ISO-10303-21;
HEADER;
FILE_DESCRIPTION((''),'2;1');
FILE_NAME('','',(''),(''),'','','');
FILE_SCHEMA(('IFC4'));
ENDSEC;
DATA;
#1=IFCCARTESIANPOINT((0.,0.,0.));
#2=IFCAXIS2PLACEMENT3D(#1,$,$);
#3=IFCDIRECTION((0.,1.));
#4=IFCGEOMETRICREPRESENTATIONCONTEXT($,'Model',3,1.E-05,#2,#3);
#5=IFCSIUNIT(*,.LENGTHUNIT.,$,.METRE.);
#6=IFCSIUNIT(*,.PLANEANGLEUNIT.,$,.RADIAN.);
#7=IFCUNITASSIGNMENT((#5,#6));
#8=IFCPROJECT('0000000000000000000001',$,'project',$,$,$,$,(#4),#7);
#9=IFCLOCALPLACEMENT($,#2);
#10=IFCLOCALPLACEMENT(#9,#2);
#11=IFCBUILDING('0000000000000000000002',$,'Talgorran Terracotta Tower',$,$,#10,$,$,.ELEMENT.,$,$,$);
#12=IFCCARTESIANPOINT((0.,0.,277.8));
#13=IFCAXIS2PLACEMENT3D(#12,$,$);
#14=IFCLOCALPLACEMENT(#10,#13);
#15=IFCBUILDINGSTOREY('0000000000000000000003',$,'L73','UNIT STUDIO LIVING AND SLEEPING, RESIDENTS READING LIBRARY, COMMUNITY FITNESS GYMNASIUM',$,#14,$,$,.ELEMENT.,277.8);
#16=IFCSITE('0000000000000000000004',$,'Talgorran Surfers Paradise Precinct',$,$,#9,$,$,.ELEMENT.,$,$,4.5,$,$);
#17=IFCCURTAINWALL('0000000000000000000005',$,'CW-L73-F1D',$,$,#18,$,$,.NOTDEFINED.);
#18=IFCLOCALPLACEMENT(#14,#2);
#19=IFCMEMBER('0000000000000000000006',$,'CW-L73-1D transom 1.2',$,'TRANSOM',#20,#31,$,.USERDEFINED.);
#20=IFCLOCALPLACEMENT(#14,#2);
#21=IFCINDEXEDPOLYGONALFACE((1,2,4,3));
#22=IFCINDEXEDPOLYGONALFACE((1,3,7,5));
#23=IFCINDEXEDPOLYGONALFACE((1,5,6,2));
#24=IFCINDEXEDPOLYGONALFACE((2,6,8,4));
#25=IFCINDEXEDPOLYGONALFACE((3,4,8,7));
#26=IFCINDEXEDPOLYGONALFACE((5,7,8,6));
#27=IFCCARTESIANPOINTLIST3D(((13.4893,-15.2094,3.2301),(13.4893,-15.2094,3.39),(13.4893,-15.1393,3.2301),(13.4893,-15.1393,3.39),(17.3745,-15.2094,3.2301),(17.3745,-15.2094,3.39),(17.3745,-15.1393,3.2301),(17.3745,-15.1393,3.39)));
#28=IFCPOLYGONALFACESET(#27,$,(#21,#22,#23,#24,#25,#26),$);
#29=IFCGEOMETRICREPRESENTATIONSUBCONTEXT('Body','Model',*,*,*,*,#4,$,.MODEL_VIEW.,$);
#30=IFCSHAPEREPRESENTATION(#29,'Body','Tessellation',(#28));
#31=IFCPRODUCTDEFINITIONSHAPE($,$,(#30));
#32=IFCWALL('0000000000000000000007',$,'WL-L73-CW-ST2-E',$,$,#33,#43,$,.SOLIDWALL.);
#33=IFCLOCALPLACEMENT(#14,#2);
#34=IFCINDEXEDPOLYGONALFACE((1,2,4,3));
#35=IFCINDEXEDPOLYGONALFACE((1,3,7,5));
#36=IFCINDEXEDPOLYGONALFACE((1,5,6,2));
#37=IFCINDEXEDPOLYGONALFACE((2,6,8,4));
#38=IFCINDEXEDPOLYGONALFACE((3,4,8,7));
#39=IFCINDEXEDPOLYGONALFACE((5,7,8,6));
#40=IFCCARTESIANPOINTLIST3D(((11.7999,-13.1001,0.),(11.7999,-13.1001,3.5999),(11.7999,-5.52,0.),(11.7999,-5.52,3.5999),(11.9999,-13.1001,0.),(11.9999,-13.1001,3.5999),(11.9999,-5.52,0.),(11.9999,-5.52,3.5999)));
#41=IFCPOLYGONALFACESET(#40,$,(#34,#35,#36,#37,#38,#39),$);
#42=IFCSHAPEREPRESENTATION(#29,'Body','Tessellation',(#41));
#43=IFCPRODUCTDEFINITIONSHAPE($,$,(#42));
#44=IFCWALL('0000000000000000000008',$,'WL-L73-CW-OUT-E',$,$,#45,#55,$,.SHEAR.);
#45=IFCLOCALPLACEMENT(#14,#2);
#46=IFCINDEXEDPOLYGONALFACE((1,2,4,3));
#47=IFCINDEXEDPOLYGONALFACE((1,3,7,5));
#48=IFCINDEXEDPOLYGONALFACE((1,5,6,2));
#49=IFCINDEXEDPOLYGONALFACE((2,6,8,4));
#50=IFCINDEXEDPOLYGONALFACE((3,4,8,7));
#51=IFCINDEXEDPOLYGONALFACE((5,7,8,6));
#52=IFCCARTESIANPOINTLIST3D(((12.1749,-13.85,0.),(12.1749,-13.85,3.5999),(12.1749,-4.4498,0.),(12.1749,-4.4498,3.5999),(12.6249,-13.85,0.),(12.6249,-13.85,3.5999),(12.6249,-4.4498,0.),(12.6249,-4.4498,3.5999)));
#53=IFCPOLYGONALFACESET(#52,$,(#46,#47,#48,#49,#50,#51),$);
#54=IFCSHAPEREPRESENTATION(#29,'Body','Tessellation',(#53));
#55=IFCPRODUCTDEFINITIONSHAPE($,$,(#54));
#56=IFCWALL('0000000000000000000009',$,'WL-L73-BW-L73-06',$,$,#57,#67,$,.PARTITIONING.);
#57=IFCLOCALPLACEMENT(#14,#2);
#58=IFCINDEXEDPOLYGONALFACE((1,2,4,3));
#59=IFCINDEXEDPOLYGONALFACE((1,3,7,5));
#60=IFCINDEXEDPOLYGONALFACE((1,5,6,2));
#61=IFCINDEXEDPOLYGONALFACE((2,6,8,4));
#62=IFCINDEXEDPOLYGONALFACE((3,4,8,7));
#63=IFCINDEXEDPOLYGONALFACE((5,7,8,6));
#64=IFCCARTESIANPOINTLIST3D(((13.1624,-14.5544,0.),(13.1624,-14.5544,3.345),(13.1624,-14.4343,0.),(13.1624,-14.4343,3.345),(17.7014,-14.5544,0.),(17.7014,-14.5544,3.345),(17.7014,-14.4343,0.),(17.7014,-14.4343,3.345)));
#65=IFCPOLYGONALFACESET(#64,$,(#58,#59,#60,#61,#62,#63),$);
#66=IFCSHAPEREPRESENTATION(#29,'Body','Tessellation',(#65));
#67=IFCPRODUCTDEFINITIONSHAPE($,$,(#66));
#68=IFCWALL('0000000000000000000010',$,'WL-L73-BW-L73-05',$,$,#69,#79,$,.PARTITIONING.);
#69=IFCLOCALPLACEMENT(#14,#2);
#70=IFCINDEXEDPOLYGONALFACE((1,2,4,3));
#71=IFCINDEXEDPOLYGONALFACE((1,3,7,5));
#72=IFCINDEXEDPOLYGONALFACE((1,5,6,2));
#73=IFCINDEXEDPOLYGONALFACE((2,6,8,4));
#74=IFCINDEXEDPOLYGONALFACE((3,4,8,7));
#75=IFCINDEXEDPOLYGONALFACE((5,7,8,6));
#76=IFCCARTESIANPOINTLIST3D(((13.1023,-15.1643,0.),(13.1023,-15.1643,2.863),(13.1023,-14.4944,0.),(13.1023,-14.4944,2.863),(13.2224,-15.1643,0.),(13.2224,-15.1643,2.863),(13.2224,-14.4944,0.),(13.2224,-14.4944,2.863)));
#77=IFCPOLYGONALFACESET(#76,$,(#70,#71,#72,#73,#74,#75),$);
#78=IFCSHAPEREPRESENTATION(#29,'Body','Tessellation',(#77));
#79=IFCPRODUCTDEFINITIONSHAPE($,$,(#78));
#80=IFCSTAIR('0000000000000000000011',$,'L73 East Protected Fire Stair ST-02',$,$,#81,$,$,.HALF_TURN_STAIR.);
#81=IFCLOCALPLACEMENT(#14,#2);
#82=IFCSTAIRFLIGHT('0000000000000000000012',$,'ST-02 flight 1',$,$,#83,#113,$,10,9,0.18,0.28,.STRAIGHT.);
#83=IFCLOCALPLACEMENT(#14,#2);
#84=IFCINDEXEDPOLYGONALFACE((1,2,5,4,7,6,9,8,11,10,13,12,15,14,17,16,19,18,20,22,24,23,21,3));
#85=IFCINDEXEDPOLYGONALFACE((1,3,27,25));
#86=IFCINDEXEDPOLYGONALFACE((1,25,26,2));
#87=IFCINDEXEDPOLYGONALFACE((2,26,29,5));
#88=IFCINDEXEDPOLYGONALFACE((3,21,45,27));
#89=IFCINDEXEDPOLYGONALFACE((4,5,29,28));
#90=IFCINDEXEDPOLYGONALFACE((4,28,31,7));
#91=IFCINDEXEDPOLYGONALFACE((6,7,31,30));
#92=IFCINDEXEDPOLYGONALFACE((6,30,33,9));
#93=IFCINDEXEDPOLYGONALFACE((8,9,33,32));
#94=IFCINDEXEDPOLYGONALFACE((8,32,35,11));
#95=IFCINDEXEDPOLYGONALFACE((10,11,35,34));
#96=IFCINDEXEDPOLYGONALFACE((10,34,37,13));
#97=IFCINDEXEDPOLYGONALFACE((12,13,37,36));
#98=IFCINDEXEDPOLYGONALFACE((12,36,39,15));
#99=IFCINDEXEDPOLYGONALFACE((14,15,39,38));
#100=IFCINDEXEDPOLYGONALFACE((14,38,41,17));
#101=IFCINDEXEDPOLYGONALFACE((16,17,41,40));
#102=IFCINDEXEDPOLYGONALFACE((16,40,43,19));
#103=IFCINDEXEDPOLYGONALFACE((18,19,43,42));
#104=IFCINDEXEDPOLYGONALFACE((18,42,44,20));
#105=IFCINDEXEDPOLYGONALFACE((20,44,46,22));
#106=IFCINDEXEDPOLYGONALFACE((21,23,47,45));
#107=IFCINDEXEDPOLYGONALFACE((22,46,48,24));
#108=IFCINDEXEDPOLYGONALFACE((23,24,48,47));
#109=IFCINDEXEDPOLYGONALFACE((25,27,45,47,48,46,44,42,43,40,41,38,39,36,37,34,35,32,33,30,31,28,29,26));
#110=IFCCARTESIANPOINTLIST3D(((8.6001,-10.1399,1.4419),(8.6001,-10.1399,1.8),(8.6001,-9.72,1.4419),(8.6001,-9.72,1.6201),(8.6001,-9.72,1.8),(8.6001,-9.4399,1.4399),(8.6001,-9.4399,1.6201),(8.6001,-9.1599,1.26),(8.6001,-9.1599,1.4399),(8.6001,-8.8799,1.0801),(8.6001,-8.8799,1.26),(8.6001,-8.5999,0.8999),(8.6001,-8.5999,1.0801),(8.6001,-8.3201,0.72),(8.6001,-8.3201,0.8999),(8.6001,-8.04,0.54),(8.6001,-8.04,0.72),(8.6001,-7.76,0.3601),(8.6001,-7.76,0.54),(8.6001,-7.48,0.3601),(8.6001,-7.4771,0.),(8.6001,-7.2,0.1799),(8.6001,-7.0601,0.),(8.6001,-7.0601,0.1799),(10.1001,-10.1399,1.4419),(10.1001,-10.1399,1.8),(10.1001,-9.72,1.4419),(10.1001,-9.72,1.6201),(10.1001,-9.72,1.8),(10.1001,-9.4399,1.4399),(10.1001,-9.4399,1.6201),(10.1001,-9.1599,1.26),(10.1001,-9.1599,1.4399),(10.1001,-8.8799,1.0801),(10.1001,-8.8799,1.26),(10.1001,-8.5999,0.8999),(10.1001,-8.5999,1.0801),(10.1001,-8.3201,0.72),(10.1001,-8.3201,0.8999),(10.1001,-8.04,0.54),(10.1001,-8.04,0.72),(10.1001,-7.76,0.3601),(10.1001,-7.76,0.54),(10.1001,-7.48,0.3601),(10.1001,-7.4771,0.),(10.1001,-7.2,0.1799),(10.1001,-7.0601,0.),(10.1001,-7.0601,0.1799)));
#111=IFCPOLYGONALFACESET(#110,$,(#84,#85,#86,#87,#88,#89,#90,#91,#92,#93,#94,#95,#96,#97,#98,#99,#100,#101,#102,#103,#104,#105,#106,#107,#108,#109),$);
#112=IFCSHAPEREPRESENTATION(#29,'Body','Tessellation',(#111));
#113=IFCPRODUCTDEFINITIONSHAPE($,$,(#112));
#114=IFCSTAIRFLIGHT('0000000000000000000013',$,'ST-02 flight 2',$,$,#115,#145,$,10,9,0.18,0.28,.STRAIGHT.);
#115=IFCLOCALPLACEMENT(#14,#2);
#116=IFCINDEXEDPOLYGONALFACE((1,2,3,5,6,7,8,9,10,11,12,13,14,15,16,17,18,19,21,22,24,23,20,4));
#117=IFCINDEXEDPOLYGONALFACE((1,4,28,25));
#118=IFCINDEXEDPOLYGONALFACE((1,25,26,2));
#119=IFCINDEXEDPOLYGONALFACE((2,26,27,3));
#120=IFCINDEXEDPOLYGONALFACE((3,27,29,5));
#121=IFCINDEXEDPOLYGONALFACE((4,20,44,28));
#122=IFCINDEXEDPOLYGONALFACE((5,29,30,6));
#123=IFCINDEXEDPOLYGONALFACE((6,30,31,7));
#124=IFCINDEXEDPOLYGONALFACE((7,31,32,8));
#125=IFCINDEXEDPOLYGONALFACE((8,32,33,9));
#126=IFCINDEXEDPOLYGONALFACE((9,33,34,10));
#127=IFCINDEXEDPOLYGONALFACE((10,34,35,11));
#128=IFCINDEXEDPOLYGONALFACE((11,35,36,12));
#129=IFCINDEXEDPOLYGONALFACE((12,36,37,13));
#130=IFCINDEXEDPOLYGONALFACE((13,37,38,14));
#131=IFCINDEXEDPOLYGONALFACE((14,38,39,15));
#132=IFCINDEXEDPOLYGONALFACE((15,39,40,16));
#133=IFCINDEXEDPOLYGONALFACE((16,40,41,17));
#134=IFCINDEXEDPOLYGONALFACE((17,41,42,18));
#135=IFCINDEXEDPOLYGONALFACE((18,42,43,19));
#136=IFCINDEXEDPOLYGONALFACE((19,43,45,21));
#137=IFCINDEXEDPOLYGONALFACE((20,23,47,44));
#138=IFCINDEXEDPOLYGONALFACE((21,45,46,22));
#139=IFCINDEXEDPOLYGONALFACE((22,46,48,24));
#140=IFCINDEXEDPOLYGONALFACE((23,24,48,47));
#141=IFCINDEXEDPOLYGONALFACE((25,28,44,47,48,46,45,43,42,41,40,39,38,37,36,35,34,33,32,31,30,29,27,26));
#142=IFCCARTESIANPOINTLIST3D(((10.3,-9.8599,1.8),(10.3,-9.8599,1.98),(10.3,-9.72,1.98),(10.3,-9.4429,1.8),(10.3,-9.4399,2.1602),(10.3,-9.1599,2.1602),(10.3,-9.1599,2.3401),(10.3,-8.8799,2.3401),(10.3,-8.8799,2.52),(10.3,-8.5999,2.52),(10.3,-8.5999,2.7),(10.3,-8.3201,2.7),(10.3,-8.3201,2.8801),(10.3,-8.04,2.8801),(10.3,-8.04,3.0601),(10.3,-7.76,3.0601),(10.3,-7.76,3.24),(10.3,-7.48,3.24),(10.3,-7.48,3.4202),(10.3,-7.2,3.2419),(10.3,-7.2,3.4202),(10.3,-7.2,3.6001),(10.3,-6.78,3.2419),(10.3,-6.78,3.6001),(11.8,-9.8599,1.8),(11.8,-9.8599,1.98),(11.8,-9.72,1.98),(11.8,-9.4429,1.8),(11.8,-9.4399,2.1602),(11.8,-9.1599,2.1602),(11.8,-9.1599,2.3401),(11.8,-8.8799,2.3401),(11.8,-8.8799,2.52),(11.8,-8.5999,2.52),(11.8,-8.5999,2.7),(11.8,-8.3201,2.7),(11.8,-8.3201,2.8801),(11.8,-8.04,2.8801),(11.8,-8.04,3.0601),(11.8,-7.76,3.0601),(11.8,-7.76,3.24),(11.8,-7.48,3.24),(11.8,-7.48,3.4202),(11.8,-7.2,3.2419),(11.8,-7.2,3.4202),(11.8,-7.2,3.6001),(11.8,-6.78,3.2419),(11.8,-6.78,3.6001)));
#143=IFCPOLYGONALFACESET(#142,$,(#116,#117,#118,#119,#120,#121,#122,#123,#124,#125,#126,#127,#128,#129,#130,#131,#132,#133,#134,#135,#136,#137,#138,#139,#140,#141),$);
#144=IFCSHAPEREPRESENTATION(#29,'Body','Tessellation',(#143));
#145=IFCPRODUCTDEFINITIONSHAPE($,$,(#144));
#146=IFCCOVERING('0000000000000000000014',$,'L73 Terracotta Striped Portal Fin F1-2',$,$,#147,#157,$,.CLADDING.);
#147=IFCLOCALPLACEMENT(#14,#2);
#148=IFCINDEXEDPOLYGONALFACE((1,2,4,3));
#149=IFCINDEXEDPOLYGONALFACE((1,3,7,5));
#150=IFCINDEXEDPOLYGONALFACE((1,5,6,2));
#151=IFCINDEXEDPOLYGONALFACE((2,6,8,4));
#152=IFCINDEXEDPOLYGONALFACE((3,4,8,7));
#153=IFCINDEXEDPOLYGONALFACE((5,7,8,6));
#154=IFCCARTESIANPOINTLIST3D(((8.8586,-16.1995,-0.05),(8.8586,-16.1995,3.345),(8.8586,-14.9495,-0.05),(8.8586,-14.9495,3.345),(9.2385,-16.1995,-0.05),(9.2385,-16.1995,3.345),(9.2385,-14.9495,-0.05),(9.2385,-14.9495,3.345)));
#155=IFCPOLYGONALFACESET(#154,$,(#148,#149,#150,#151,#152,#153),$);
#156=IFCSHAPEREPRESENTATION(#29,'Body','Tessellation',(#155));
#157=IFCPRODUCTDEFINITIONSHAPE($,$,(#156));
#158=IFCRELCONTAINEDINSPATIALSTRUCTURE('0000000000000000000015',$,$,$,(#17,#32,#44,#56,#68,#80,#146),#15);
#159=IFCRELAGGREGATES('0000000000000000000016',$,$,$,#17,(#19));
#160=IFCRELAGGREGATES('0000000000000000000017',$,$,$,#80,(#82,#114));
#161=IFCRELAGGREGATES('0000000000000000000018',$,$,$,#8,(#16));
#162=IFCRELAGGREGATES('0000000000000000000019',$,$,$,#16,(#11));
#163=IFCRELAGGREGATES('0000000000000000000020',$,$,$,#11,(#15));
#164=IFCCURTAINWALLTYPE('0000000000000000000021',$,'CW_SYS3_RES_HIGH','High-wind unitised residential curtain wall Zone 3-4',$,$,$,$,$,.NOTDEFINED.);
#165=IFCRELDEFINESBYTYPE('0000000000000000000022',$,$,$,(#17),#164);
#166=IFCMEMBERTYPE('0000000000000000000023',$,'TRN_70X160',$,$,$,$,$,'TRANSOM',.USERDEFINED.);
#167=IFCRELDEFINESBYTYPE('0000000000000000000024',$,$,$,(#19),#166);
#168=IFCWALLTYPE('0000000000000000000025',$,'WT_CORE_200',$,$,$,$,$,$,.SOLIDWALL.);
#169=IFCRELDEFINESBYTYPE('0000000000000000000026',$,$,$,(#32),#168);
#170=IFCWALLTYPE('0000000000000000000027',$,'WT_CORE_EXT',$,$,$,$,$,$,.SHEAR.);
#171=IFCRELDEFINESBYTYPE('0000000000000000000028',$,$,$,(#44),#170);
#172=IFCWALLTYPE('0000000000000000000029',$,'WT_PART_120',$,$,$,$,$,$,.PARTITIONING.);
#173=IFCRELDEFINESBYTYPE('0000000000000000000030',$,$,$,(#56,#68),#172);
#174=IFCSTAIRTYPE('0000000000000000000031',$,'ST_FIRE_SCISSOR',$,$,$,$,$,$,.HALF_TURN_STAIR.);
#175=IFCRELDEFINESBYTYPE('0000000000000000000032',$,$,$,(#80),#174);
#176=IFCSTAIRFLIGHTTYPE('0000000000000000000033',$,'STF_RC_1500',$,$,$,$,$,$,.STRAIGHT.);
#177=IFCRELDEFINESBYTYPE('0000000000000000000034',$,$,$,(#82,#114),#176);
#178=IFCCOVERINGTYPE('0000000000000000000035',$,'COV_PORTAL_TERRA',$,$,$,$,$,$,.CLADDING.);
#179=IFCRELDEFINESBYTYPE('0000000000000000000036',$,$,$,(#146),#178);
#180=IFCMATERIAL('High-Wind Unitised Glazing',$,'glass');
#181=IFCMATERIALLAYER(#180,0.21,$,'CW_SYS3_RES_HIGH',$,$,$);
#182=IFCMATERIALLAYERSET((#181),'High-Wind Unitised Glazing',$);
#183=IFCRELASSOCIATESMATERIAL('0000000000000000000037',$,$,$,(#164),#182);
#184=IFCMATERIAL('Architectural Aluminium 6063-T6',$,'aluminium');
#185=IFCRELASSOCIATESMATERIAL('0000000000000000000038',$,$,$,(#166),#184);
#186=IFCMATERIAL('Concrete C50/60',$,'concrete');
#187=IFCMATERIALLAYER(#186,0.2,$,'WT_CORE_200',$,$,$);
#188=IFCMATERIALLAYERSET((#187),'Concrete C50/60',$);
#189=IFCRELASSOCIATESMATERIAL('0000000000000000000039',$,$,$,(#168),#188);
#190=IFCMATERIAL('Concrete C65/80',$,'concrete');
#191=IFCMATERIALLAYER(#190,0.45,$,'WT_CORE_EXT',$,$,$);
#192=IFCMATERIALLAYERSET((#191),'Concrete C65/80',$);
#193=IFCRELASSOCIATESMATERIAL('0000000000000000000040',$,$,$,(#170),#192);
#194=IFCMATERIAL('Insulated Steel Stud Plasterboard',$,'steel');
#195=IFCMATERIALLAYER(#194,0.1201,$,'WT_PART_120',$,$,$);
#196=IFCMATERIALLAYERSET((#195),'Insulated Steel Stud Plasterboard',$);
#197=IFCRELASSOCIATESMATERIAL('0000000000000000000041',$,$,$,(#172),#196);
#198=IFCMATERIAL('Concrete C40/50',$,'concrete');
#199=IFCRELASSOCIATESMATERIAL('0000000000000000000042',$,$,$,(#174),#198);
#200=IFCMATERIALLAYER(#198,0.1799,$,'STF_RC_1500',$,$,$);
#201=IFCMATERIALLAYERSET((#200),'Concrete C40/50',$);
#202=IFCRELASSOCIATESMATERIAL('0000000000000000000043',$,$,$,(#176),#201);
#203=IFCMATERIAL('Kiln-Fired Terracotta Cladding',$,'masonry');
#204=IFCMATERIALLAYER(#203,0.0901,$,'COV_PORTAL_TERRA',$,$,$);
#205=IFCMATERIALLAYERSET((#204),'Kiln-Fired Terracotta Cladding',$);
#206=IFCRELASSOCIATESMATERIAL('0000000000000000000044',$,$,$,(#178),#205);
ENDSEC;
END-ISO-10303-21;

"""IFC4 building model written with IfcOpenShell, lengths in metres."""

from ifc_helpers import new_model, si_unit, direction, frame, frame_2d, origin, origin_2d, place, context, subcontext, project, spatial, polyline, rectangle, outline, extrude, material, layer, layer_set, material_profile, profile_set, type_object, element, aggregate, save


model = new_model("IFC4")

# Units and contexts
model_context = context("Model", 3, precision=1e-05, world=origin(), true_north=direction((0.0, 1.0)))
body_context = subcontext(model_context, "Body", "Model", "MODEL_VIEW")
ifc_project = project(units=[si_unit("LENGTHUNIT", "METRE"), si_unit("PLANEANGLEUNIT", "RADIAN")], contexts=[model_context])

# Site, building, storey
site_placement = place(None, origin())
site = spatial("IfcSite", under=ifc_project, at=site_placement, Name="Talgorran Surfers Paradise Precinct", CompositionType="ELEMENT", RefElevation=4.5)
building_placement = place(site_placement, origin())
building = spatial("IfcBuilding", under=site, at=building_placement, Name="Talgorran Terracotta Tower", CompositionType="ELEMENT")
storey_placement = place(building_placement, frame((0.0, 0.0, 277.8)))
storey = spatial("IfcBuildingStorey", under=building, at=storey_placement, Name="L73", Description="UNIT STUDIO LIVING AND SLEEPING, RESIDENTS READING LIBRARY, COMMUNITY FITNESS GYMNASIUM", CompositionType="ELEMENT", Elevation=277.8)

# Shared definitions
ifc_material_1 = material(Name="High-Wind Unitised Glazing", Category="glass")
ifc_layer_1 = layer(ifc_material_1, 0.21, Name="CW_SYS3_RES_HIGH")
ifc_layer_set_1 = layer_set([ifc_layer_1], Name="High-Wind Unitised Glazing")
curtain_wall_type = type_object("IfcCurtainWallType", Name="CW_SYS3_RES_HIGH", Description="High-wind unitised residential curtain wall Zone 3-4", PredefinedType="NOTDEFINED", material=ifc_layer_set_1)
ifc_material_2 = material(Name="Architectural Aluminium 6063-T6", Category="aluminium")

# Curtain wall, member
curtain_wall_1_placement = place(storey_placement, origin())
curtain_wall_1 = element("IfcCurtainWall", 1, at=curtain_wall_1_placement, inside=storey, type_object=curtain_wall_type, Name="CW-L73-F1D", PredefinedType="NOTDEFINED")
ifc_material_profile_1 = material_profile(ifc_material_2, rectangle(XDim=0.0701, YDim=0.1599, at=origin_2d()), Name="CWT70X160")
ifc_profile_set_1 = profile_set([ifc_material_profile_1], Name="Architectural Aluminium 6063-T6")
member_type_1 = type_object("IfcMemberType", Name="TRN_70X160", ElementType="TRANSOM", PredefinedType="USERDEFINED", material=ifc_profile_set_1)
member_1_placement = place(storey_placement, frame((13.4893, -15.1743, 3.3101), z_axis=(1.0, 0.0, 0.0), x_axis=(0.0, 1.0, 0.0)))
member_1 = element("IfcMember", 2, at=member_1_placement, type_object=member_type_1, Name="CW-L73-1D transom 1.2", ObjectType="TRANSOM", PredefinedType="USERDEFINED", context=body_context, shape_type="SweptSolid", body=[
    extrude(rectangle(XDim=0.0701, YDim=0.1599, at=origin_2d()), origin(), (0.0, 0.0, 1.0), 3.8853),
])
aggregate(curtain_wall_1, [member_1])

# Walls
ifc_material_3 = material(Name="Concrete C50/60", Category="concrete")
ifc_layer_2 = layer(ifc_material_3, 0.2, Name="WT_CORE_200")
ifc_layer_set_2 = layer_set([ifc_layer_2], Name="Concrete C50/60")
wall_type_1 = type_object("IfcWallType", Name="WT_CORE_200", PredefinedType="SOLIDWALL", material=ifc_layer_set_2)
wall_1_placement = place(storey_placement, frame((11.8999, -13.1001, 0.0), z_axis=(0.0, 0.0, 1.0), x_axis=(0.0, 1.0, 0.0)))
element("IfcWall", 3, at=wall_1_placement, inside=storey, type_object=wall_type_1, Name="WL-L73-CW-ST2-E", PredefinedType="SOLIDWALL", context=body_context, shape_type="SweptSolid", body=[
    extrude(rectangle(XDim=7.5801, YDim=0.2, at=frame_2d((3.79, 0.0))), origin(), (0.0, 0.0, 1.0), 3.5999),
])
ifc_material_4 = material(Name="Concrete C65/80", Category="concrete")
ifc_layer_3 = layer(ifc_material_4, 0.45, Name="WT_CORE_EXT")
ifc_layer_set_3 = layer_set([ifc_layer_3], Name="Concrete C65/80")
wall_type_2 = type_object("IfcWallType", Name="WT_CORE_EXT", PredefinedType="SHEAR", material=ifc_layer_set_3)
wall_2_placement = place(storey_placement, frame((12.3999, -13.8501, 0.0), z_axis=(0.0, 0.0, 1.0), x_axis=(0.0, 1.0, 0.0)))
element("IfcWall", 4, at=wall_2_placement, inside=storey, type_object=wall_type_2, Name="WL-L73-CW-OUT-E", PredefinedType="SHEAR", context=body_context, shape_type="SweptSolid", body=[
    extrude(rectangle(XDim=9.4001, YDim=0.45, at=frame_2d((4.7002, 0.0))), origin(), (0.0, 0.0, 1.0), 3.5999),
])
ifc_material_5 = material(Name="Insulated Steel Stud Plasterboard", Category="steel")
ifc_layer_4 = layer(ifc_material_5, 0.1201, Name="WT_PART_120")
ifc_layer_set_4 = layer_set([ifc_layer_4], Name="Insulated Steel Stud Plasterboard")
wall_type_3 = type_object("IfcWallType", Name="WT_PART_120", PredefinedType="PARTITIONING", material=ifc_layer_set_4)
wall_3_placement = place(storey_placement, frame((13.1624, -14.4944, 0.0), z_axis=(0.0, 0.0, 1.0), x_axis=(1.0, 0.0, 0.0)))
element("IfcWall", 5, at=wall_3_placement, inside=storey, type_object=wall_type_3, Name="WL-L73-BW-L73-06", PredefinedType="PARTITIONING", context=body_context, shape_type="SweptSolid", body=[
    extrude(rectangle(XDim=4.5391, YDim=0.1201, at=frame_2d((2.2695, 0.0))), origin(), (0.0, 0.0, 1.0), 3.345),
])
wall_4_placement = place(storey_placement, frame((13.1624, -15.1643, 0.0), z_axis=(0.0, 0.0, 1.0), x_axis=(0.0, 1.0, 0.0)))
element("IfcWall", 6, at=wall_4_placement, inside=storey, type_object=wall_type_3, Name="WL-L73-BW-L73-05", PredefinedType="PARTITIONING", context=body_context, shape_type="SweptSolid", body=[
    extrude(rectangle(XDim=0.6699, YDim=0.1201, at=frame_2d((0.335, 0.0))), origin(), (0.0, 0.0, 1.0), 2.863),
])

# Stair, stair flights
ifc_material_6 = material(Name="Concrete C40/50", Category="concrete")
stair_type = type_object("IfcStairType", Name="ST_FIRE_SCISSOR", PredefinedType="HALF_TURN_STAIR", material=ifc_material_6)
stair_placement = place(storey_placement, origin())
stair = element("IfcStair", 7, at=stair_placement, inside=storey, type_object=stair_type, Name="L73 East Protected Fire Stair ST-02", PredefinedType="HALF_TURN_STAIR")
ifc_layer_5 = layer(ifc_material_6, 0.1799, Name="STF_RC_1500")
ifc_layer_set_5 = layer_set([ifc_layer_5], Name="Concrete C40/50")
stair_flight_type = type_object("IfcStairFlightType", Name="STF_RC_1500", PredefinedType="STRAIGHT", material=ifc_layer_set_5)
stair_flight_1_placement = place(storey_placement, frame((9.3501, -7.2, 0.0), z_axis=(0.0, 0.0, 1.0), x_axis=(0.0, -1.0, 0.0)))
stair_flight_1 = element("IfcStairFlight", 8, at=stair_flight_1_placement, type_object=stair_flight_type, Name="ST-02 flight 1", NumberOfRisers=10, NumberOfTreads=9, PredefinedType="STRAIGHT", RiserHeight=0.18, TreadLength=0.28, context=body_context, shape_type="SweptSolid", body=[
    extrude(outline(polyline([(-0.1399, 0.0), (-0.1399, 0.1799), (0.0, 0.1799), (0.28, 0.3601), (0.5601, 0.3601), (0.5601, 0.54), (0.8401, 0.54), (0.8401, 0.72), (1.1201, 0.72), (1.1201, 0.8999), (1.3999, 0.8999), (1.3999, 1.0801), (1.6799, 1.0801), (1.6799, 1.26), (1.96, 1.26), (1.96, 1.4399), (2.24, 1.4399), (2.24, 1.6201), (2.52, 1.6201), (2.52, 1.8), (2.9399, 1.8), (2.9399, 1.4419), (2.52, 1.4419), (0.2771, 0.0), (-0.1399, 0.0)])), frame((0.0, 0.75, 0.0), z_axis=(0.0, -1.0, 0.0), x_axis=(1.0, 0.0, 0.0)), (0.0, 0.0, 1.0), 1.5),
])
stair_flight_2_placement = place(storey_placement, frame((11.05, -9.72, 1.8), z_axis=(0.0, 0.0, 1.0), x_axis=(0.0, 1.0, 0.0)))
stair_flight_2 = element("IfcStairFlight", 9, at=stair_flight_2_placement, type_object=stair_flight_type, Name="ST-02 flight 2", NumberOfRisers=10, NumberOfTreads=9, PredefinedType="STRAIGHT", RiserHeight=0.18, TreadLength=0.28, context=body_context, shape_type="SweptSolid", body=[
    extrude(outline(polyline([(-0.1399, 0.0), (-0.1399, 0.1799), (0.0, 0.1799), (0.28, 0.3601), (0.5601, 0.3601), (0.5601, 0.54), (0.8401, 0.54), (0.8401, 0.72), (1.1201, 0.72), (1.1201, 0.8999), (1.3999, 0.8999), (1.3999, 1.0801), (1.6799, 1.0801), (1.6799, 1.26), (1.96, 1.26), (1.96, 1.4399), (2.24, 1.4399), (2.24, 1.6201), (2.52, 1.6201), (2.52, 1.8), (2.9399, 1.8), (2.9399, 1.4419), (2.52, 1.4419), (0.2771, 0.0), (-0.1399, 0.0)])), frame((0.0, 0.75, 0.0), z_axis=(0.0, -1.0, 0.0), x_axis=(1.0, 0.0, 0.0)), (0.0, 0.0, 1.0), 1.5),
])
aggregate(stair, [stair_flight_1, stair_flight_2])

# Covering
ifc_material_7 = material(Name="Kiln-Fired Terracotta Cladding", Category="masonry")
ifc_layer_6 = layer(ifc_material_7, 0.0901, Name="COV_PORTAL_TERRA")
ifc_layer_set_6 = layer_set([ifc_layer_6], Name="Kiln-Fired Terracotta Cladding")
covering_type = type_object("IfcCoveringType", Name="COV_PORTAL_TERRA", PredefinedType="CLADDING", material=ifc_layer_set_6)
covering_placement = place(storey_placement, frame((9.0486, -15.5745, -0.05), z_axis=(0.0, 0.0, 1.0), x_axis=(1.0, 0.0, 0.0)))
element("IfcCovering", 10, at=covering_placement, inside=storey, type_object=covering_type, Name="L73 Terracotta Striped Portal Fin F1-2", PredefinedType="CLADDING", context=body_context, shape_type="SweptSolid", body=[
    extrude(rectangle(XDim=0.3799, YDim=1.25, at=origin_2d()), origin(), (0.0, 0.0, 1.0), 3.395),
])

save(model, "model.ifc")
